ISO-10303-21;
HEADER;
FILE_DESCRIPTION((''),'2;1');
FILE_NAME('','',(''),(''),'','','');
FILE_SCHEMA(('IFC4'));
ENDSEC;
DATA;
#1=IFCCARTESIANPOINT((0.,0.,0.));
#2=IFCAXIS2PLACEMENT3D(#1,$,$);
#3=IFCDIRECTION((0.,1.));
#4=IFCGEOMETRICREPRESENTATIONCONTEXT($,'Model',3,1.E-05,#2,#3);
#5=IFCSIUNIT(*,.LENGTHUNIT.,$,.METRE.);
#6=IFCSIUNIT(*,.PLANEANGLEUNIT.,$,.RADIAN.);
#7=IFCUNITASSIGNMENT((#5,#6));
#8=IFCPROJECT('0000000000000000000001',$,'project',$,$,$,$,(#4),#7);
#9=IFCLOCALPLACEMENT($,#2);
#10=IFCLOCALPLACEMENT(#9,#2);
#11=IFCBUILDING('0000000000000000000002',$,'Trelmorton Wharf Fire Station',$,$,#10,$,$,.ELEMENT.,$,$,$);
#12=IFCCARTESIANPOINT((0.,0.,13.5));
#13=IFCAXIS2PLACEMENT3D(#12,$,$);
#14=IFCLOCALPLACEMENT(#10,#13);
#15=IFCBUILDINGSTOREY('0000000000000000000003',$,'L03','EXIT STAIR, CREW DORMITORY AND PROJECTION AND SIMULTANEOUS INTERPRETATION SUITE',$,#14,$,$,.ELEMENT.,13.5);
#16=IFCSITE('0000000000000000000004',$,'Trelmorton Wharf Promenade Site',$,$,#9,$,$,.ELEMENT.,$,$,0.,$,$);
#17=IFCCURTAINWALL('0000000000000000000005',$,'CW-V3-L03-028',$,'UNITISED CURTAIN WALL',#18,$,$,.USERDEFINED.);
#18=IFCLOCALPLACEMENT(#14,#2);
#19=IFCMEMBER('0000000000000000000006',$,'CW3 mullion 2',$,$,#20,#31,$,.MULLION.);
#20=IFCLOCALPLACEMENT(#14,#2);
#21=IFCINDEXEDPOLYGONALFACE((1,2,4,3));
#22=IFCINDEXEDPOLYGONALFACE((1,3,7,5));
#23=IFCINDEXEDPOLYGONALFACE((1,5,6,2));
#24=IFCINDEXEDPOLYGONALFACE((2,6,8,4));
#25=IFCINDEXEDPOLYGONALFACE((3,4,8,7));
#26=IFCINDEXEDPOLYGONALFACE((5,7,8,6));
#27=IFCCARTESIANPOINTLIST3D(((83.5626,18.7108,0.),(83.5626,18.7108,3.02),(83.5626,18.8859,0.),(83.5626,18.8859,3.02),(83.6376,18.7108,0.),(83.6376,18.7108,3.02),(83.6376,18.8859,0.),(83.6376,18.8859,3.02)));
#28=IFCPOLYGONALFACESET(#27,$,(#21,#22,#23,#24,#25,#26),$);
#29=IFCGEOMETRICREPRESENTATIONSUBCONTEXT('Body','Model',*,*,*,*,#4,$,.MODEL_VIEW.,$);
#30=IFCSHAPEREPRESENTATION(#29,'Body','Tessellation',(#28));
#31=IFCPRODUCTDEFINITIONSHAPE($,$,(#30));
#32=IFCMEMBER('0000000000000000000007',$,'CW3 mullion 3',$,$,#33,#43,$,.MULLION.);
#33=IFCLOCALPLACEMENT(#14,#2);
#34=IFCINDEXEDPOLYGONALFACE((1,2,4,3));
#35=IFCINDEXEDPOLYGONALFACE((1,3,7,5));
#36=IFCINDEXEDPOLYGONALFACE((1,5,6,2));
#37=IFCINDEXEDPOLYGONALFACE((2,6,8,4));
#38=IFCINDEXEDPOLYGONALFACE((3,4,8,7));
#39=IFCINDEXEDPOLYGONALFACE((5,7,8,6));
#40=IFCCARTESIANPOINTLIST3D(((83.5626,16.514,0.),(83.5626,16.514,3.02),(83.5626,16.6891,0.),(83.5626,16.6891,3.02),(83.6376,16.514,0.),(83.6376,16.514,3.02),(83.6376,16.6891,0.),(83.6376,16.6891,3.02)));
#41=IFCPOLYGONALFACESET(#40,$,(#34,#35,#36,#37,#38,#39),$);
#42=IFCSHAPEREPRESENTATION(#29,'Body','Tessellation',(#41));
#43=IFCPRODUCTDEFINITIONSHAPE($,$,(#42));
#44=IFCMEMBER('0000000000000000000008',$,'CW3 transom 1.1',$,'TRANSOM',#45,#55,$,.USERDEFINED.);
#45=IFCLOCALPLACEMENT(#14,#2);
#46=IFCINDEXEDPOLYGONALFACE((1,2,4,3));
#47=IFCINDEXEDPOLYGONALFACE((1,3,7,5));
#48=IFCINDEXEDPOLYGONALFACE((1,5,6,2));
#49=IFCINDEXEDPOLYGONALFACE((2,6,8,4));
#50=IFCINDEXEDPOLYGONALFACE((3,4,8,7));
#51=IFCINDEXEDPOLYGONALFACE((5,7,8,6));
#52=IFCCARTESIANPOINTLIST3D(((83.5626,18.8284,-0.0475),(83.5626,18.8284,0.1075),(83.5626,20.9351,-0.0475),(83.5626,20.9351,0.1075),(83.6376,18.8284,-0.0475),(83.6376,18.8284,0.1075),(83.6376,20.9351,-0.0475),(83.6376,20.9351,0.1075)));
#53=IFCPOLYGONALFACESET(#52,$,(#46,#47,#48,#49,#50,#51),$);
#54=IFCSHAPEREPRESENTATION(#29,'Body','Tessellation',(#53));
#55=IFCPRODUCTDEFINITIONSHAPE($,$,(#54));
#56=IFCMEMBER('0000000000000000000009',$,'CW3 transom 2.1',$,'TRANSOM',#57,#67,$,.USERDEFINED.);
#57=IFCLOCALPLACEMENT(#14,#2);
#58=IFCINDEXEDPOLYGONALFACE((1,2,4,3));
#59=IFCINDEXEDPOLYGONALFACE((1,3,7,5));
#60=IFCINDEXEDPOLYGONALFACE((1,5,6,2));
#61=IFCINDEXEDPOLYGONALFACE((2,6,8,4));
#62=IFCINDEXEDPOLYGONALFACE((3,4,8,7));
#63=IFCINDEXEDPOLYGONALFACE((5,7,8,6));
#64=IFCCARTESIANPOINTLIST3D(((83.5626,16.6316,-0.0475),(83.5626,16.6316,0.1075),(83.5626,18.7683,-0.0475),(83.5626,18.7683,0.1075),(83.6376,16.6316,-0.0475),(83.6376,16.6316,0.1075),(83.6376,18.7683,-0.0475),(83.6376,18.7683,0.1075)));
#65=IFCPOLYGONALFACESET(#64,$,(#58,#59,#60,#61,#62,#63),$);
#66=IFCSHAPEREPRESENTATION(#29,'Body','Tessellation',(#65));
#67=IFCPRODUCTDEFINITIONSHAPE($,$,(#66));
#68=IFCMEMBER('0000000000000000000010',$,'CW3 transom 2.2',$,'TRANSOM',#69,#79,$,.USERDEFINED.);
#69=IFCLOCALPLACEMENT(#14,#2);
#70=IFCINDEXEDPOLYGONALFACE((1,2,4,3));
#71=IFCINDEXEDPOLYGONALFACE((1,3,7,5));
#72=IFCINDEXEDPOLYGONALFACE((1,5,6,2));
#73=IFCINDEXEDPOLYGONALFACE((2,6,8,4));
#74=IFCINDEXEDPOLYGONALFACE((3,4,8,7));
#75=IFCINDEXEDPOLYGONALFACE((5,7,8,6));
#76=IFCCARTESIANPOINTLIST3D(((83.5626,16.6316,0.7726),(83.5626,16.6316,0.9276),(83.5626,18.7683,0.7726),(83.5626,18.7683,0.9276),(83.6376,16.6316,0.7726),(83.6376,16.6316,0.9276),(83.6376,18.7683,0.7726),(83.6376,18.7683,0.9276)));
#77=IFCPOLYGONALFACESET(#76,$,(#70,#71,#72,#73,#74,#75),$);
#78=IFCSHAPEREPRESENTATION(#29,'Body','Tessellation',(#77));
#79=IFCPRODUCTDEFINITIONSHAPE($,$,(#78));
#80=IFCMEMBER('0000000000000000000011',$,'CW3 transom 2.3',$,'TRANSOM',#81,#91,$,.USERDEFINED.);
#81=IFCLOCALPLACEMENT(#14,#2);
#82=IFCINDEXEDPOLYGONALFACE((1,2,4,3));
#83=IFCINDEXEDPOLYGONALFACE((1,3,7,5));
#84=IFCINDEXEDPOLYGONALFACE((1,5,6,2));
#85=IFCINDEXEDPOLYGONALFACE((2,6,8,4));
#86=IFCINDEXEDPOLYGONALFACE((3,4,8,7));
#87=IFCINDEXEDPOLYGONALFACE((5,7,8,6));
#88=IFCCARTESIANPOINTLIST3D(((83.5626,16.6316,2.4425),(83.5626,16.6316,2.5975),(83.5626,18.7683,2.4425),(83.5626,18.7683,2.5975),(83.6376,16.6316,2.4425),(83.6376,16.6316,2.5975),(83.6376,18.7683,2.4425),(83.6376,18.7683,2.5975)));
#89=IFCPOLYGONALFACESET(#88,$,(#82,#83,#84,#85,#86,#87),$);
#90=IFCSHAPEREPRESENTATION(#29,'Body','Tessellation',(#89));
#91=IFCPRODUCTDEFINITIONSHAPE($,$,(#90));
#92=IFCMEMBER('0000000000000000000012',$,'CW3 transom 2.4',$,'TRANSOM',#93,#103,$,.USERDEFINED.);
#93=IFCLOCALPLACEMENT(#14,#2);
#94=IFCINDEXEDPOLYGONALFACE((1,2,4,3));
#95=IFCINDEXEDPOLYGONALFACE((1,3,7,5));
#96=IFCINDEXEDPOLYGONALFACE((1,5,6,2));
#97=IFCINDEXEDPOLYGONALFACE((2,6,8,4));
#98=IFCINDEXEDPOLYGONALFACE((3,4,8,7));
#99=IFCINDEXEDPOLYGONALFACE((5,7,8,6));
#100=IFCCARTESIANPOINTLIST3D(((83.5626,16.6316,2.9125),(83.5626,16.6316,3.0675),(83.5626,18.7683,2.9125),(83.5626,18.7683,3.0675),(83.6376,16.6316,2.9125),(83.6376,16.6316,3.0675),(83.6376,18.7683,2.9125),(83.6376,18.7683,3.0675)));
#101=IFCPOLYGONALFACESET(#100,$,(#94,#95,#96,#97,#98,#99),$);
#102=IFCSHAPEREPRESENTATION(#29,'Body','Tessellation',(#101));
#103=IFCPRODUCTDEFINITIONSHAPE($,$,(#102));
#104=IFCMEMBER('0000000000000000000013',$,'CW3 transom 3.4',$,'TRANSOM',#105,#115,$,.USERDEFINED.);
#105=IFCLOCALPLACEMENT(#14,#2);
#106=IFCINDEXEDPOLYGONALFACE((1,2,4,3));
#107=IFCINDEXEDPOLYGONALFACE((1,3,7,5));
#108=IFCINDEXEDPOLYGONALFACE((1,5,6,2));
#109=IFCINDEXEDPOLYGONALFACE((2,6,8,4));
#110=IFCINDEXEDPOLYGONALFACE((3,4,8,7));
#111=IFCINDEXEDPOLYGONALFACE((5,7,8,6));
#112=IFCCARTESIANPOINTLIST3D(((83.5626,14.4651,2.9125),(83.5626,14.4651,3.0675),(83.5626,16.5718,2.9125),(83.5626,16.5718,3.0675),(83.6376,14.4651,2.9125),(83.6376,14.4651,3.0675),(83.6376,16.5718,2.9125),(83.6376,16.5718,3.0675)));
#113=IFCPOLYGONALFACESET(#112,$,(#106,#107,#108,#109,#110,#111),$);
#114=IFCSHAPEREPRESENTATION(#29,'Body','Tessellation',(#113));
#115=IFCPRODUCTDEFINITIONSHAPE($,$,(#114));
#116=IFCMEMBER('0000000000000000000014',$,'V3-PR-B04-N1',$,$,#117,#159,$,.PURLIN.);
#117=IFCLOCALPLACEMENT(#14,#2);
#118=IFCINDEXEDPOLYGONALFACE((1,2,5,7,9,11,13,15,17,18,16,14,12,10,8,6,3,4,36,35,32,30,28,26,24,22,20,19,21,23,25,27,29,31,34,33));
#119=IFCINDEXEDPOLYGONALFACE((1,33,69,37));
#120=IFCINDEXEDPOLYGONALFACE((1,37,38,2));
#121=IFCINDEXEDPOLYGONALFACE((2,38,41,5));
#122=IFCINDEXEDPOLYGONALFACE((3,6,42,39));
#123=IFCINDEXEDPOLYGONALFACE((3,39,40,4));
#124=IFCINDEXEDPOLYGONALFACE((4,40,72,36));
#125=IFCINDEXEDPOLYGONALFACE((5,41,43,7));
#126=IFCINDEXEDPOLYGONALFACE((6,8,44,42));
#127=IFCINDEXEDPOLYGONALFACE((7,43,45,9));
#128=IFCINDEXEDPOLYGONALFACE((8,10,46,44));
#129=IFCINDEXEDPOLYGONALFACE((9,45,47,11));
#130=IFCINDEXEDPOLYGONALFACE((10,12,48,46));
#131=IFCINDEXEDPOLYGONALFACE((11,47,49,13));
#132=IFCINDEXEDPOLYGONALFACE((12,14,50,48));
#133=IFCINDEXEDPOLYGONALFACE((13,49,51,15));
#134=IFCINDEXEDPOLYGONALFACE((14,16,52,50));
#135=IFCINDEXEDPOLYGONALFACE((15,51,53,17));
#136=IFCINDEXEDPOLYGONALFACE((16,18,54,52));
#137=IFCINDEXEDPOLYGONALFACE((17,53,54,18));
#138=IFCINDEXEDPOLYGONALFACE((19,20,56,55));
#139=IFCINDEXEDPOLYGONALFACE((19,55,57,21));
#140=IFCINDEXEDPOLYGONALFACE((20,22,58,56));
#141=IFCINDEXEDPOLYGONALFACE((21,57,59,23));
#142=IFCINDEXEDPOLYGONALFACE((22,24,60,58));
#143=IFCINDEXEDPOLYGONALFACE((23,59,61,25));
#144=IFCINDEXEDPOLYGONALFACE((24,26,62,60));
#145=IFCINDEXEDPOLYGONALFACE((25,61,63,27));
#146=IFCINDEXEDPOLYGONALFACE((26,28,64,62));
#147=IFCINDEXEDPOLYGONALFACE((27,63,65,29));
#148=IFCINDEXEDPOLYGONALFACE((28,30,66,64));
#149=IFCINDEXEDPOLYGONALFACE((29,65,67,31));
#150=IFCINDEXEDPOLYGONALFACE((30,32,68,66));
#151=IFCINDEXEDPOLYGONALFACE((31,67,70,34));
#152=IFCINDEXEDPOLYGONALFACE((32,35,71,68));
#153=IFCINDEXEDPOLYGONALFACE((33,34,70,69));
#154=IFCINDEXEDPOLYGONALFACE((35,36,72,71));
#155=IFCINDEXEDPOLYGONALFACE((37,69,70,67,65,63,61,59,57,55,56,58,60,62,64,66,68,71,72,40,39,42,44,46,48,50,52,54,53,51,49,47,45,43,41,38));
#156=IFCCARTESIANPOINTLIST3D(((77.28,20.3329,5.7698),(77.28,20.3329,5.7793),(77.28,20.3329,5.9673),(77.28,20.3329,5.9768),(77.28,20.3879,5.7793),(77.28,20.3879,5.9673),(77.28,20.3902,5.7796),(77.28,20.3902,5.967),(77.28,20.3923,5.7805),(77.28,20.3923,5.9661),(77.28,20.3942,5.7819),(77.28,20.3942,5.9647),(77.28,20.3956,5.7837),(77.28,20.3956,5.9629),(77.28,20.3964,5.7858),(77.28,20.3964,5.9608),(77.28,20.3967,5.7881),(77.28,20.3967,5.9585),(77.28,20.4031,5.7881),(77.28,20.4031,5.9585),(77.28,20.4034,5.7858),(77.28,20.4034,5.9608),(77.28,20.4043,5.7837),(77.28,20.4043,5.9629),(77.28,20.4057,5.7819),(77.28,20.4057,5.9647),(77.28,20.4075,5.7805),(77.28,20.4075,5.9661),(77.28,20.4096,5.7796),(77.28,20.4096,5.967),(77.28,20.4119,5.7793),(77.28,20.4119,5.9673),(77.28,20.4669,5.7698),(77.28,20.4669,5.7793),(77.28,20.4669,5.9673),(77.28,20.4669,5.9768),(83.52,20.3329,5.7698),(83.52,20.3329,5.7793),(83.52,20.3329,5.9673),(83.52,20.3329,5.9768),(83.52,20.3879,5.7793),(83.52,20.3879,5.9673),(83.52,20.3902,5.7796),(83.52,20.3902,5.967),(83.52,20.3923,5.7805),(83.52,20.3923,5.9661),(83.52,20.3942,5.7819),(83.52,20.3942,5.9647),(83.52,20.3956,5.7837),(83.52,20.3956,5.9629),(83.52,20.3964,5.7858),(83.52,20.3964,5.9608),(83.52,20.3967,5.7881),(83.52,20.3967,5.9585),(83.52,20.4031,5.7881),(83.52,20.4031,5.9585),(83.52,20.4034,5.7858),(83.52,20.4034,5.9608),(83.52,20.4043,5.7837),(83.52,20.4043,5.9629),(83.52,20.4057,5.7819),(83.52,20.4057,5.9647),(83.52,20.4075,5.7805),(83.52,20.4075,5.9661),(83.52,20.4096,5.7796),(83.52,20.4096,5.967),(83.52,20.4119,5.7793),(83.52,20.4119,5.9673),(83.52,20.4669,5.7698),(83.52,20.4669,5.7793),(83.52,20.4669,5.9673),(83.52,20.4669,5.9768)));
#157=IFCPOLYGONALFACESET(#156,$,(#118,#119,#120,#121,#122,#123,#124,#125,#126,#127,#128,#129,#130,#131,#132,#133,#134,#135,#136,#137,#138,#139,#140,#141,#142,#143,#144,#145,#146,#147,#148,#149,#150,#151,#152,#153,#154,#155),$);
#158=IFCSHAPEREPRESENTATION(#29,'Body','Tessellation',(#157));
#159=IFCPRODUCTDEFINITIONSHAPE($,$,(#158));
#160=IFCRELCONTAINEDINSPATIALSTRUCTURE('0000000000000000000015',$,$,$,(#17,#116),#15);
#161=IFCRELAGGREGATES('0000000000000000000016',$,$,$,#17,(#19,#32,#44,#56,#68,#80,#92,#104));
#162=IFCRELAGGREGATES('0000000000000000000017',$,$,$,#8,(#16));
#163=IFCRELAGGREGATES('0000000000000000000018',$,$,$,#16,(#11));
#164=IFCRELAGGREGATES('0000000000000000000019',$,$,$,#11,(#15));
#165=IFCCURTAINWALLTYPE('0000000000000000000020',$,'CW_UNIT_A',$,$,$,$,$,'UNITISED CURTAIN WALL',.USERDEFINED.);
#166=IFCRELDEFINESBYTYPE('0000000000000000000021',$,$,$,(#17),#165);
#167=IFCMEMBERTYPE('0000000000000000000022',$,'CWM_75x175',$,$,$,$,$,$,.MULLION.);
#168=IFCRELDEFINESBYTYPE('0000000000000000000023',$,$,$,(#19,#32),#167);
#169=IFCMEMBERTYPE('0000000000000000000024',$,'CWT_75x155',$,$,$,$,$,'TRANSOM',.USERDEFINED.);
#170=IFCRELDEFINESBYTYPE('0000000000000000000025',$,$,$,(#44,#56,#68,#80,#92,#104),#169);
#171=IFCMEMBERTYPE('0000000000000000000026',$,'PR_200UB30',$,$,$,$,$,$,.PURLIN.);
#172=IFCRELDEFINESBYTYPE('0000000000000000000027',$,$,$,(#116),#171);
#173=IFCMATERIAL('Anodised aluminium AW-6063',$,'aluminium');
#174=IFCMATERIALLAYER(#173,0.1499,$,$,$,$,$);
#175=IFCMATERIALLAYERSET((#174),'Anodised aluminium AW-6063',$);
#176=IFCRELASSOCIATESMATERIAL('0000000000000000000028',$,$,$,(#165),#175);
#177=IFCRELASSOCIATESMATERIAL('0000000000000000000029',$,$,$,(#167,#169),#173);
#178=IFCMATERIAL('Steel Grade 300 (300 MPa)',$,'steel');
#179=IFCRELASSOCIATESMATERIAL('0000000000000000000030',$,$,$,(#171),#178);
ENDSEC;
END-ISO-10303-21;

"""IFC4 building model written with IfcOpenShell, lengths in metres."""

from ifc_helpers import new_model, si_unit, direction, frame, origin, origin_2d, place, context, subcontext, project, spatial, rectangle, i_section, extrude, material, layer, layer_set, material_profile, profile_set, type_object, element, aggregate, save


model = new_model("IFC4")

# Units and contexts
model_context = context("Model", 3, precision=1e-05, world=origin(), true_north=direction((0.0, 1.0)))
body_context = subcontext(model_context, "Body", "Model", "MODEL_VIEW")
ifc_project = project(units=[si_unit("LENGTHUNIT", "METRE"), si_unit("PLANEANGLEUNIT", "RADIAN")], contexts=[model_context])

# Site, building, storey
site_placement = place(None, origin())
site = spatial("IfcSite", under=ifc_project, at=site_placement, Name="Trelmorton Wharf Promenade Site", CompositionType="ELEMENT", RefElevation=0.0)
building_placement = place(site_placement, origin())
building = spatial("IfcBuilding", under=site, at=building_placement, Name="Trelmorton Wharf Fire Station", CompositionType="ELEMENT")
storey_placement = place(building_placement, frame((0.0, 0.0, 13.5)))
storey = spatial("IfcBuildingStorey", under=building, at=storey_placement, Name="L03", Description="EXIT STAIR, CREW DORMITORY AND PROJECTION AND SIMULTANEOUS INTERPRETATION SUITE", CompositionType="ELEMENT", Elevation=13.5)

# Curtain wall, members
ifc_material_1 = material(Name="Anodised aluminium AW-6063", Category="aluminium")
ifc_layer_1 = layer(ifc_material_1, 0.1499)
ifc_layer_set_1 = layer_set([ifc_layer_1], Name="Anodised aluminium AW-6063")
curtain_wall_type = type_object("IfcCurtainWallType", Name="CW_UNIT_A", ElementType="UNITISED CURTAIN WALL", PredefinedType="USERDEFINED", material=ifc_layer_set_1)
curtain_wall_placement = place(storey_placement, origin())
curtain_wall = element("IfcCurtainWall", 1, at=curtain_wall_placement, inside=storey, type_object=curtain_wall_type, Name="CW-V3-L03-028", ObjectType="UNITISED CURTAIN WALL", PredefinedType="USERDEFINED")
ifc_material_profile_1 = material_profile(ifc_material_1, rectangle(XDim=0.075, YDim=0.175, at=origin_2d()), Name="ALU-75x175")
ifc_profile_set_1 = profile_set([ifc_material_profile_1], Name="Anodised aluminium AW-6063")
member_type_1 = type_object("IfcMemberType", Name="CWM_75x175", PredefinedType="MULLION", material=ifc_profile_set_1)
member_1_placement = place(storey_placement, frame((83.6001, 18.7983, 0.0), z_axis=(0.0, 0.0, 1.0), x_axis=(1.0, 0.0, 0.0)))
member_1 = element("IfcMember", 2, at=member_1_placement, type_object=member_type_1, Name="CW3 mullion 2", PredefinedType="MULLION", context=body_context, shape_type="SweptSolid", body=[
    extrude(rectangle(XDim=0.075, YDim=0.175, at=origin_2d()), origin(), (0.0, 0.0, 1.0), 3.02),
])
member_2_placement = place(storey_placement, frame((83.6001, 16.6016, 0.0), z_axis=(0.0, 0.0, 1.0), x_axis=(1.0, 0.0, 0.0)))
member_2 = element("IfcMember", 3, at=member_2_placement, type_object=member_type_1, Name="CW3 mullion 3", PredefinedType="MULLION", context=body_context, shape_type="SweptSolid", body=[
    extrude(rectangle(XDim=0.075, YDim=0.175, at=origin_2d()), origin(), (0.0, 0.0, 1.0), 3.02),
])
ifc_material_profile_2 = material_profile(ifc_material_1, rectangle(XDim=0.075, YDim=0.155, at=origin_2d()), Name="ALU-75x155")
ifc_profile_set_2 = profile_set([ifc_material_profile_2], Name="Anodised aluminium AW-6063")
member_type_2 = type_object("IfcMemberType", Name="CWT_75x155", ElementType="TRANSOM", PredefinedType="USERDEFINED", material=ifc_profile_set_2)
member_3_placement = place(storey_placement, frame((83.6001, 20.9351, 0.03), z_axis=(0.0, -1.0, 0.0), x_axis=(1.0, 0.0, 0.0)))
member_3 = element("IfcMember", 4, at=member_3_placement, type_object=member_type_2, Name="CW3 transom 1.1", ObjectType="TRANSOM", PredefinedType="USERDEFINED", context=body_context, shape_type="SweptSolid", body=[
    extrude(rectangle(XDim=0.075, YDim=0.155, at=origin_2d()), origin(), (0.0, 0.0, 1.0), 2.1067),
])
member_4_placement = place(storey_placement, frame((83.6001, 18.7683, 0.03), z_axis=(0.0, -1.0, 0.0), x_axis=(1.0, 0.0, 0.0)))
member_4 = element("IfcMember", 5, at=member_4_placement, type_object=member_type_2, Name="CW3 transom 2.1", ObjectType="TRANSOM", PredefinedType="USERDEFINED", context=body_context, shape_type="SweptSolid", body=[
    extrude(rectangle(XDim=0.075, YDim=0.155, at=origin_2d()), origin(), (0.0, 0.0, 1.0), 2.1367),
])
member_5_placement = place(storey_placement, frame((83.6001, 18.7683, 0.8501), z_axis=(0.0, -1.0, 0.0), x_axis=(1.0, 0.0, 0.0)))
member_5 = element("IfcMember", 6, at=member_5_placement, type_object=member_type_2, Name="CW3 transom 2.2", ObjectType="TRANSOM", PredefinedType="USERDEFINED", context=body_context, shape_type="SweptSolid", body=[
    extrude(rectangle(XDim=0.075, YDim=0.155, at=origin_2d()), origin(), (0.0, 0.0, 1.0), 2.1367),
])
member_6_placement = place(storey_placement, frame((83.6001, 18.7683, 2.52), z_axis=(0.0, -1.0, 0.0), x_axis=(1.0, 0.0, 0.0)))
member_6 = element("IfcMember", 7, at=member_6_placement, type_object=member_type_2, Name="CW3 transom 2.3", ObjectType="TRANSOM", PredefinedType="USERDEFINED", context=body_context, shape_type="SweptSolid", body=[
    extrude(rectangle(XDim=0.075, YDim=0.155, at=origin_2d()), origin(), (0.0, 0.0, 1.0), 2.1367),
])
member_7_placement = place(storey_placement, frame((83.6001, 18.7683, 2.99), z_axis=(0.0, -1.0, 0.0), x_axis=(1.0, 0.0, 0.0)))
member_7 = element("IfcMember", 8, at=member_7_placement, type_object=member_type_2, Name="CW3 transom 2.4", ObjectType="TRANSOM", PredefinedType="USERDEFINED", context=body_context, shape_type="SweptSolid", body=[
    extrude(rectangle(XDim=0.075, YDim=0.155, at=origin_2d()), origin(), (0.0, 0.0, 1.0), 2.1367),
])
member_8_placement = place(storey_placement, frame((83.6001, 16.5718, 2.99), z_axis=(0.0, -1.0, 0.0), x_axis=(1.0, 0.0, 0.0)))
member_8 = element("IfcMember", 9, at=member_8_placement, type_object=member_type_2, Name="CW3 transom 3.4", ObjectType="TRANSOM", PredefinedType="USERDEFINED", context=body_context, shape_type="SweptSolid", body=[
    extrude(rectangle(XDim=0.075, YDim=0.155, at=origin_2d()), origin(), (0.0, 0.0, 1.0), 2.1067),
])

# Member
ifc_material_2 = material(Name="Steel Grade 300 (300 MPa)", Category="steel")
ifc_material_profile_3 = material_profile(ifc_material_2, i_section(OverallWidth=0.134, OverallDepth=0.207, WebThickness=0.0063, FlangeThickness=0.0095, FilletRadius=0.0088, at=origin_2d()), Name="200UB29.8")
ifc_profile_set_3 = profile_set([ifc_material_profile_3], Name="Steel Grade 300 (300 MPa)")
member_type_3 = type_object("IfcMemberType", Name="PR_200UB30", PredefinedType="PURLIN", material=ifc_profile_set_3)
for number, where, z_axis, x_axis, name in (
    (10, (77.28, 20.3999, 5.8733), (1.0, 0.0, 0.0), (0.0, 1.0, 0.0), "V3-PR-B04-N1"),
):
    element("IfcMember", number, at=place(storey_placement, frame(where, z_axis=z_axis, x_axis=x_axis)), inside=storey, type_object=member_type_3, Name=name, PredefinedType="PURLIN", context=body_context, shape_type="SweptSolid", body=[
        extrude(i_section(OverallWidth=0.134, OverallDepth=0.207, WebThickness=0.0063, FlangeThickness=0.0095, FilletRadius=0.0088, at=origin_2d()), origin(), (0.0, 0.0, 1.0), 6.24),
    ])

aggregate(curtain_wall, [member_1, member_2, member_3, member_4, member_5, member_6, member_7, member_8])

save(model, "model.ifc")
